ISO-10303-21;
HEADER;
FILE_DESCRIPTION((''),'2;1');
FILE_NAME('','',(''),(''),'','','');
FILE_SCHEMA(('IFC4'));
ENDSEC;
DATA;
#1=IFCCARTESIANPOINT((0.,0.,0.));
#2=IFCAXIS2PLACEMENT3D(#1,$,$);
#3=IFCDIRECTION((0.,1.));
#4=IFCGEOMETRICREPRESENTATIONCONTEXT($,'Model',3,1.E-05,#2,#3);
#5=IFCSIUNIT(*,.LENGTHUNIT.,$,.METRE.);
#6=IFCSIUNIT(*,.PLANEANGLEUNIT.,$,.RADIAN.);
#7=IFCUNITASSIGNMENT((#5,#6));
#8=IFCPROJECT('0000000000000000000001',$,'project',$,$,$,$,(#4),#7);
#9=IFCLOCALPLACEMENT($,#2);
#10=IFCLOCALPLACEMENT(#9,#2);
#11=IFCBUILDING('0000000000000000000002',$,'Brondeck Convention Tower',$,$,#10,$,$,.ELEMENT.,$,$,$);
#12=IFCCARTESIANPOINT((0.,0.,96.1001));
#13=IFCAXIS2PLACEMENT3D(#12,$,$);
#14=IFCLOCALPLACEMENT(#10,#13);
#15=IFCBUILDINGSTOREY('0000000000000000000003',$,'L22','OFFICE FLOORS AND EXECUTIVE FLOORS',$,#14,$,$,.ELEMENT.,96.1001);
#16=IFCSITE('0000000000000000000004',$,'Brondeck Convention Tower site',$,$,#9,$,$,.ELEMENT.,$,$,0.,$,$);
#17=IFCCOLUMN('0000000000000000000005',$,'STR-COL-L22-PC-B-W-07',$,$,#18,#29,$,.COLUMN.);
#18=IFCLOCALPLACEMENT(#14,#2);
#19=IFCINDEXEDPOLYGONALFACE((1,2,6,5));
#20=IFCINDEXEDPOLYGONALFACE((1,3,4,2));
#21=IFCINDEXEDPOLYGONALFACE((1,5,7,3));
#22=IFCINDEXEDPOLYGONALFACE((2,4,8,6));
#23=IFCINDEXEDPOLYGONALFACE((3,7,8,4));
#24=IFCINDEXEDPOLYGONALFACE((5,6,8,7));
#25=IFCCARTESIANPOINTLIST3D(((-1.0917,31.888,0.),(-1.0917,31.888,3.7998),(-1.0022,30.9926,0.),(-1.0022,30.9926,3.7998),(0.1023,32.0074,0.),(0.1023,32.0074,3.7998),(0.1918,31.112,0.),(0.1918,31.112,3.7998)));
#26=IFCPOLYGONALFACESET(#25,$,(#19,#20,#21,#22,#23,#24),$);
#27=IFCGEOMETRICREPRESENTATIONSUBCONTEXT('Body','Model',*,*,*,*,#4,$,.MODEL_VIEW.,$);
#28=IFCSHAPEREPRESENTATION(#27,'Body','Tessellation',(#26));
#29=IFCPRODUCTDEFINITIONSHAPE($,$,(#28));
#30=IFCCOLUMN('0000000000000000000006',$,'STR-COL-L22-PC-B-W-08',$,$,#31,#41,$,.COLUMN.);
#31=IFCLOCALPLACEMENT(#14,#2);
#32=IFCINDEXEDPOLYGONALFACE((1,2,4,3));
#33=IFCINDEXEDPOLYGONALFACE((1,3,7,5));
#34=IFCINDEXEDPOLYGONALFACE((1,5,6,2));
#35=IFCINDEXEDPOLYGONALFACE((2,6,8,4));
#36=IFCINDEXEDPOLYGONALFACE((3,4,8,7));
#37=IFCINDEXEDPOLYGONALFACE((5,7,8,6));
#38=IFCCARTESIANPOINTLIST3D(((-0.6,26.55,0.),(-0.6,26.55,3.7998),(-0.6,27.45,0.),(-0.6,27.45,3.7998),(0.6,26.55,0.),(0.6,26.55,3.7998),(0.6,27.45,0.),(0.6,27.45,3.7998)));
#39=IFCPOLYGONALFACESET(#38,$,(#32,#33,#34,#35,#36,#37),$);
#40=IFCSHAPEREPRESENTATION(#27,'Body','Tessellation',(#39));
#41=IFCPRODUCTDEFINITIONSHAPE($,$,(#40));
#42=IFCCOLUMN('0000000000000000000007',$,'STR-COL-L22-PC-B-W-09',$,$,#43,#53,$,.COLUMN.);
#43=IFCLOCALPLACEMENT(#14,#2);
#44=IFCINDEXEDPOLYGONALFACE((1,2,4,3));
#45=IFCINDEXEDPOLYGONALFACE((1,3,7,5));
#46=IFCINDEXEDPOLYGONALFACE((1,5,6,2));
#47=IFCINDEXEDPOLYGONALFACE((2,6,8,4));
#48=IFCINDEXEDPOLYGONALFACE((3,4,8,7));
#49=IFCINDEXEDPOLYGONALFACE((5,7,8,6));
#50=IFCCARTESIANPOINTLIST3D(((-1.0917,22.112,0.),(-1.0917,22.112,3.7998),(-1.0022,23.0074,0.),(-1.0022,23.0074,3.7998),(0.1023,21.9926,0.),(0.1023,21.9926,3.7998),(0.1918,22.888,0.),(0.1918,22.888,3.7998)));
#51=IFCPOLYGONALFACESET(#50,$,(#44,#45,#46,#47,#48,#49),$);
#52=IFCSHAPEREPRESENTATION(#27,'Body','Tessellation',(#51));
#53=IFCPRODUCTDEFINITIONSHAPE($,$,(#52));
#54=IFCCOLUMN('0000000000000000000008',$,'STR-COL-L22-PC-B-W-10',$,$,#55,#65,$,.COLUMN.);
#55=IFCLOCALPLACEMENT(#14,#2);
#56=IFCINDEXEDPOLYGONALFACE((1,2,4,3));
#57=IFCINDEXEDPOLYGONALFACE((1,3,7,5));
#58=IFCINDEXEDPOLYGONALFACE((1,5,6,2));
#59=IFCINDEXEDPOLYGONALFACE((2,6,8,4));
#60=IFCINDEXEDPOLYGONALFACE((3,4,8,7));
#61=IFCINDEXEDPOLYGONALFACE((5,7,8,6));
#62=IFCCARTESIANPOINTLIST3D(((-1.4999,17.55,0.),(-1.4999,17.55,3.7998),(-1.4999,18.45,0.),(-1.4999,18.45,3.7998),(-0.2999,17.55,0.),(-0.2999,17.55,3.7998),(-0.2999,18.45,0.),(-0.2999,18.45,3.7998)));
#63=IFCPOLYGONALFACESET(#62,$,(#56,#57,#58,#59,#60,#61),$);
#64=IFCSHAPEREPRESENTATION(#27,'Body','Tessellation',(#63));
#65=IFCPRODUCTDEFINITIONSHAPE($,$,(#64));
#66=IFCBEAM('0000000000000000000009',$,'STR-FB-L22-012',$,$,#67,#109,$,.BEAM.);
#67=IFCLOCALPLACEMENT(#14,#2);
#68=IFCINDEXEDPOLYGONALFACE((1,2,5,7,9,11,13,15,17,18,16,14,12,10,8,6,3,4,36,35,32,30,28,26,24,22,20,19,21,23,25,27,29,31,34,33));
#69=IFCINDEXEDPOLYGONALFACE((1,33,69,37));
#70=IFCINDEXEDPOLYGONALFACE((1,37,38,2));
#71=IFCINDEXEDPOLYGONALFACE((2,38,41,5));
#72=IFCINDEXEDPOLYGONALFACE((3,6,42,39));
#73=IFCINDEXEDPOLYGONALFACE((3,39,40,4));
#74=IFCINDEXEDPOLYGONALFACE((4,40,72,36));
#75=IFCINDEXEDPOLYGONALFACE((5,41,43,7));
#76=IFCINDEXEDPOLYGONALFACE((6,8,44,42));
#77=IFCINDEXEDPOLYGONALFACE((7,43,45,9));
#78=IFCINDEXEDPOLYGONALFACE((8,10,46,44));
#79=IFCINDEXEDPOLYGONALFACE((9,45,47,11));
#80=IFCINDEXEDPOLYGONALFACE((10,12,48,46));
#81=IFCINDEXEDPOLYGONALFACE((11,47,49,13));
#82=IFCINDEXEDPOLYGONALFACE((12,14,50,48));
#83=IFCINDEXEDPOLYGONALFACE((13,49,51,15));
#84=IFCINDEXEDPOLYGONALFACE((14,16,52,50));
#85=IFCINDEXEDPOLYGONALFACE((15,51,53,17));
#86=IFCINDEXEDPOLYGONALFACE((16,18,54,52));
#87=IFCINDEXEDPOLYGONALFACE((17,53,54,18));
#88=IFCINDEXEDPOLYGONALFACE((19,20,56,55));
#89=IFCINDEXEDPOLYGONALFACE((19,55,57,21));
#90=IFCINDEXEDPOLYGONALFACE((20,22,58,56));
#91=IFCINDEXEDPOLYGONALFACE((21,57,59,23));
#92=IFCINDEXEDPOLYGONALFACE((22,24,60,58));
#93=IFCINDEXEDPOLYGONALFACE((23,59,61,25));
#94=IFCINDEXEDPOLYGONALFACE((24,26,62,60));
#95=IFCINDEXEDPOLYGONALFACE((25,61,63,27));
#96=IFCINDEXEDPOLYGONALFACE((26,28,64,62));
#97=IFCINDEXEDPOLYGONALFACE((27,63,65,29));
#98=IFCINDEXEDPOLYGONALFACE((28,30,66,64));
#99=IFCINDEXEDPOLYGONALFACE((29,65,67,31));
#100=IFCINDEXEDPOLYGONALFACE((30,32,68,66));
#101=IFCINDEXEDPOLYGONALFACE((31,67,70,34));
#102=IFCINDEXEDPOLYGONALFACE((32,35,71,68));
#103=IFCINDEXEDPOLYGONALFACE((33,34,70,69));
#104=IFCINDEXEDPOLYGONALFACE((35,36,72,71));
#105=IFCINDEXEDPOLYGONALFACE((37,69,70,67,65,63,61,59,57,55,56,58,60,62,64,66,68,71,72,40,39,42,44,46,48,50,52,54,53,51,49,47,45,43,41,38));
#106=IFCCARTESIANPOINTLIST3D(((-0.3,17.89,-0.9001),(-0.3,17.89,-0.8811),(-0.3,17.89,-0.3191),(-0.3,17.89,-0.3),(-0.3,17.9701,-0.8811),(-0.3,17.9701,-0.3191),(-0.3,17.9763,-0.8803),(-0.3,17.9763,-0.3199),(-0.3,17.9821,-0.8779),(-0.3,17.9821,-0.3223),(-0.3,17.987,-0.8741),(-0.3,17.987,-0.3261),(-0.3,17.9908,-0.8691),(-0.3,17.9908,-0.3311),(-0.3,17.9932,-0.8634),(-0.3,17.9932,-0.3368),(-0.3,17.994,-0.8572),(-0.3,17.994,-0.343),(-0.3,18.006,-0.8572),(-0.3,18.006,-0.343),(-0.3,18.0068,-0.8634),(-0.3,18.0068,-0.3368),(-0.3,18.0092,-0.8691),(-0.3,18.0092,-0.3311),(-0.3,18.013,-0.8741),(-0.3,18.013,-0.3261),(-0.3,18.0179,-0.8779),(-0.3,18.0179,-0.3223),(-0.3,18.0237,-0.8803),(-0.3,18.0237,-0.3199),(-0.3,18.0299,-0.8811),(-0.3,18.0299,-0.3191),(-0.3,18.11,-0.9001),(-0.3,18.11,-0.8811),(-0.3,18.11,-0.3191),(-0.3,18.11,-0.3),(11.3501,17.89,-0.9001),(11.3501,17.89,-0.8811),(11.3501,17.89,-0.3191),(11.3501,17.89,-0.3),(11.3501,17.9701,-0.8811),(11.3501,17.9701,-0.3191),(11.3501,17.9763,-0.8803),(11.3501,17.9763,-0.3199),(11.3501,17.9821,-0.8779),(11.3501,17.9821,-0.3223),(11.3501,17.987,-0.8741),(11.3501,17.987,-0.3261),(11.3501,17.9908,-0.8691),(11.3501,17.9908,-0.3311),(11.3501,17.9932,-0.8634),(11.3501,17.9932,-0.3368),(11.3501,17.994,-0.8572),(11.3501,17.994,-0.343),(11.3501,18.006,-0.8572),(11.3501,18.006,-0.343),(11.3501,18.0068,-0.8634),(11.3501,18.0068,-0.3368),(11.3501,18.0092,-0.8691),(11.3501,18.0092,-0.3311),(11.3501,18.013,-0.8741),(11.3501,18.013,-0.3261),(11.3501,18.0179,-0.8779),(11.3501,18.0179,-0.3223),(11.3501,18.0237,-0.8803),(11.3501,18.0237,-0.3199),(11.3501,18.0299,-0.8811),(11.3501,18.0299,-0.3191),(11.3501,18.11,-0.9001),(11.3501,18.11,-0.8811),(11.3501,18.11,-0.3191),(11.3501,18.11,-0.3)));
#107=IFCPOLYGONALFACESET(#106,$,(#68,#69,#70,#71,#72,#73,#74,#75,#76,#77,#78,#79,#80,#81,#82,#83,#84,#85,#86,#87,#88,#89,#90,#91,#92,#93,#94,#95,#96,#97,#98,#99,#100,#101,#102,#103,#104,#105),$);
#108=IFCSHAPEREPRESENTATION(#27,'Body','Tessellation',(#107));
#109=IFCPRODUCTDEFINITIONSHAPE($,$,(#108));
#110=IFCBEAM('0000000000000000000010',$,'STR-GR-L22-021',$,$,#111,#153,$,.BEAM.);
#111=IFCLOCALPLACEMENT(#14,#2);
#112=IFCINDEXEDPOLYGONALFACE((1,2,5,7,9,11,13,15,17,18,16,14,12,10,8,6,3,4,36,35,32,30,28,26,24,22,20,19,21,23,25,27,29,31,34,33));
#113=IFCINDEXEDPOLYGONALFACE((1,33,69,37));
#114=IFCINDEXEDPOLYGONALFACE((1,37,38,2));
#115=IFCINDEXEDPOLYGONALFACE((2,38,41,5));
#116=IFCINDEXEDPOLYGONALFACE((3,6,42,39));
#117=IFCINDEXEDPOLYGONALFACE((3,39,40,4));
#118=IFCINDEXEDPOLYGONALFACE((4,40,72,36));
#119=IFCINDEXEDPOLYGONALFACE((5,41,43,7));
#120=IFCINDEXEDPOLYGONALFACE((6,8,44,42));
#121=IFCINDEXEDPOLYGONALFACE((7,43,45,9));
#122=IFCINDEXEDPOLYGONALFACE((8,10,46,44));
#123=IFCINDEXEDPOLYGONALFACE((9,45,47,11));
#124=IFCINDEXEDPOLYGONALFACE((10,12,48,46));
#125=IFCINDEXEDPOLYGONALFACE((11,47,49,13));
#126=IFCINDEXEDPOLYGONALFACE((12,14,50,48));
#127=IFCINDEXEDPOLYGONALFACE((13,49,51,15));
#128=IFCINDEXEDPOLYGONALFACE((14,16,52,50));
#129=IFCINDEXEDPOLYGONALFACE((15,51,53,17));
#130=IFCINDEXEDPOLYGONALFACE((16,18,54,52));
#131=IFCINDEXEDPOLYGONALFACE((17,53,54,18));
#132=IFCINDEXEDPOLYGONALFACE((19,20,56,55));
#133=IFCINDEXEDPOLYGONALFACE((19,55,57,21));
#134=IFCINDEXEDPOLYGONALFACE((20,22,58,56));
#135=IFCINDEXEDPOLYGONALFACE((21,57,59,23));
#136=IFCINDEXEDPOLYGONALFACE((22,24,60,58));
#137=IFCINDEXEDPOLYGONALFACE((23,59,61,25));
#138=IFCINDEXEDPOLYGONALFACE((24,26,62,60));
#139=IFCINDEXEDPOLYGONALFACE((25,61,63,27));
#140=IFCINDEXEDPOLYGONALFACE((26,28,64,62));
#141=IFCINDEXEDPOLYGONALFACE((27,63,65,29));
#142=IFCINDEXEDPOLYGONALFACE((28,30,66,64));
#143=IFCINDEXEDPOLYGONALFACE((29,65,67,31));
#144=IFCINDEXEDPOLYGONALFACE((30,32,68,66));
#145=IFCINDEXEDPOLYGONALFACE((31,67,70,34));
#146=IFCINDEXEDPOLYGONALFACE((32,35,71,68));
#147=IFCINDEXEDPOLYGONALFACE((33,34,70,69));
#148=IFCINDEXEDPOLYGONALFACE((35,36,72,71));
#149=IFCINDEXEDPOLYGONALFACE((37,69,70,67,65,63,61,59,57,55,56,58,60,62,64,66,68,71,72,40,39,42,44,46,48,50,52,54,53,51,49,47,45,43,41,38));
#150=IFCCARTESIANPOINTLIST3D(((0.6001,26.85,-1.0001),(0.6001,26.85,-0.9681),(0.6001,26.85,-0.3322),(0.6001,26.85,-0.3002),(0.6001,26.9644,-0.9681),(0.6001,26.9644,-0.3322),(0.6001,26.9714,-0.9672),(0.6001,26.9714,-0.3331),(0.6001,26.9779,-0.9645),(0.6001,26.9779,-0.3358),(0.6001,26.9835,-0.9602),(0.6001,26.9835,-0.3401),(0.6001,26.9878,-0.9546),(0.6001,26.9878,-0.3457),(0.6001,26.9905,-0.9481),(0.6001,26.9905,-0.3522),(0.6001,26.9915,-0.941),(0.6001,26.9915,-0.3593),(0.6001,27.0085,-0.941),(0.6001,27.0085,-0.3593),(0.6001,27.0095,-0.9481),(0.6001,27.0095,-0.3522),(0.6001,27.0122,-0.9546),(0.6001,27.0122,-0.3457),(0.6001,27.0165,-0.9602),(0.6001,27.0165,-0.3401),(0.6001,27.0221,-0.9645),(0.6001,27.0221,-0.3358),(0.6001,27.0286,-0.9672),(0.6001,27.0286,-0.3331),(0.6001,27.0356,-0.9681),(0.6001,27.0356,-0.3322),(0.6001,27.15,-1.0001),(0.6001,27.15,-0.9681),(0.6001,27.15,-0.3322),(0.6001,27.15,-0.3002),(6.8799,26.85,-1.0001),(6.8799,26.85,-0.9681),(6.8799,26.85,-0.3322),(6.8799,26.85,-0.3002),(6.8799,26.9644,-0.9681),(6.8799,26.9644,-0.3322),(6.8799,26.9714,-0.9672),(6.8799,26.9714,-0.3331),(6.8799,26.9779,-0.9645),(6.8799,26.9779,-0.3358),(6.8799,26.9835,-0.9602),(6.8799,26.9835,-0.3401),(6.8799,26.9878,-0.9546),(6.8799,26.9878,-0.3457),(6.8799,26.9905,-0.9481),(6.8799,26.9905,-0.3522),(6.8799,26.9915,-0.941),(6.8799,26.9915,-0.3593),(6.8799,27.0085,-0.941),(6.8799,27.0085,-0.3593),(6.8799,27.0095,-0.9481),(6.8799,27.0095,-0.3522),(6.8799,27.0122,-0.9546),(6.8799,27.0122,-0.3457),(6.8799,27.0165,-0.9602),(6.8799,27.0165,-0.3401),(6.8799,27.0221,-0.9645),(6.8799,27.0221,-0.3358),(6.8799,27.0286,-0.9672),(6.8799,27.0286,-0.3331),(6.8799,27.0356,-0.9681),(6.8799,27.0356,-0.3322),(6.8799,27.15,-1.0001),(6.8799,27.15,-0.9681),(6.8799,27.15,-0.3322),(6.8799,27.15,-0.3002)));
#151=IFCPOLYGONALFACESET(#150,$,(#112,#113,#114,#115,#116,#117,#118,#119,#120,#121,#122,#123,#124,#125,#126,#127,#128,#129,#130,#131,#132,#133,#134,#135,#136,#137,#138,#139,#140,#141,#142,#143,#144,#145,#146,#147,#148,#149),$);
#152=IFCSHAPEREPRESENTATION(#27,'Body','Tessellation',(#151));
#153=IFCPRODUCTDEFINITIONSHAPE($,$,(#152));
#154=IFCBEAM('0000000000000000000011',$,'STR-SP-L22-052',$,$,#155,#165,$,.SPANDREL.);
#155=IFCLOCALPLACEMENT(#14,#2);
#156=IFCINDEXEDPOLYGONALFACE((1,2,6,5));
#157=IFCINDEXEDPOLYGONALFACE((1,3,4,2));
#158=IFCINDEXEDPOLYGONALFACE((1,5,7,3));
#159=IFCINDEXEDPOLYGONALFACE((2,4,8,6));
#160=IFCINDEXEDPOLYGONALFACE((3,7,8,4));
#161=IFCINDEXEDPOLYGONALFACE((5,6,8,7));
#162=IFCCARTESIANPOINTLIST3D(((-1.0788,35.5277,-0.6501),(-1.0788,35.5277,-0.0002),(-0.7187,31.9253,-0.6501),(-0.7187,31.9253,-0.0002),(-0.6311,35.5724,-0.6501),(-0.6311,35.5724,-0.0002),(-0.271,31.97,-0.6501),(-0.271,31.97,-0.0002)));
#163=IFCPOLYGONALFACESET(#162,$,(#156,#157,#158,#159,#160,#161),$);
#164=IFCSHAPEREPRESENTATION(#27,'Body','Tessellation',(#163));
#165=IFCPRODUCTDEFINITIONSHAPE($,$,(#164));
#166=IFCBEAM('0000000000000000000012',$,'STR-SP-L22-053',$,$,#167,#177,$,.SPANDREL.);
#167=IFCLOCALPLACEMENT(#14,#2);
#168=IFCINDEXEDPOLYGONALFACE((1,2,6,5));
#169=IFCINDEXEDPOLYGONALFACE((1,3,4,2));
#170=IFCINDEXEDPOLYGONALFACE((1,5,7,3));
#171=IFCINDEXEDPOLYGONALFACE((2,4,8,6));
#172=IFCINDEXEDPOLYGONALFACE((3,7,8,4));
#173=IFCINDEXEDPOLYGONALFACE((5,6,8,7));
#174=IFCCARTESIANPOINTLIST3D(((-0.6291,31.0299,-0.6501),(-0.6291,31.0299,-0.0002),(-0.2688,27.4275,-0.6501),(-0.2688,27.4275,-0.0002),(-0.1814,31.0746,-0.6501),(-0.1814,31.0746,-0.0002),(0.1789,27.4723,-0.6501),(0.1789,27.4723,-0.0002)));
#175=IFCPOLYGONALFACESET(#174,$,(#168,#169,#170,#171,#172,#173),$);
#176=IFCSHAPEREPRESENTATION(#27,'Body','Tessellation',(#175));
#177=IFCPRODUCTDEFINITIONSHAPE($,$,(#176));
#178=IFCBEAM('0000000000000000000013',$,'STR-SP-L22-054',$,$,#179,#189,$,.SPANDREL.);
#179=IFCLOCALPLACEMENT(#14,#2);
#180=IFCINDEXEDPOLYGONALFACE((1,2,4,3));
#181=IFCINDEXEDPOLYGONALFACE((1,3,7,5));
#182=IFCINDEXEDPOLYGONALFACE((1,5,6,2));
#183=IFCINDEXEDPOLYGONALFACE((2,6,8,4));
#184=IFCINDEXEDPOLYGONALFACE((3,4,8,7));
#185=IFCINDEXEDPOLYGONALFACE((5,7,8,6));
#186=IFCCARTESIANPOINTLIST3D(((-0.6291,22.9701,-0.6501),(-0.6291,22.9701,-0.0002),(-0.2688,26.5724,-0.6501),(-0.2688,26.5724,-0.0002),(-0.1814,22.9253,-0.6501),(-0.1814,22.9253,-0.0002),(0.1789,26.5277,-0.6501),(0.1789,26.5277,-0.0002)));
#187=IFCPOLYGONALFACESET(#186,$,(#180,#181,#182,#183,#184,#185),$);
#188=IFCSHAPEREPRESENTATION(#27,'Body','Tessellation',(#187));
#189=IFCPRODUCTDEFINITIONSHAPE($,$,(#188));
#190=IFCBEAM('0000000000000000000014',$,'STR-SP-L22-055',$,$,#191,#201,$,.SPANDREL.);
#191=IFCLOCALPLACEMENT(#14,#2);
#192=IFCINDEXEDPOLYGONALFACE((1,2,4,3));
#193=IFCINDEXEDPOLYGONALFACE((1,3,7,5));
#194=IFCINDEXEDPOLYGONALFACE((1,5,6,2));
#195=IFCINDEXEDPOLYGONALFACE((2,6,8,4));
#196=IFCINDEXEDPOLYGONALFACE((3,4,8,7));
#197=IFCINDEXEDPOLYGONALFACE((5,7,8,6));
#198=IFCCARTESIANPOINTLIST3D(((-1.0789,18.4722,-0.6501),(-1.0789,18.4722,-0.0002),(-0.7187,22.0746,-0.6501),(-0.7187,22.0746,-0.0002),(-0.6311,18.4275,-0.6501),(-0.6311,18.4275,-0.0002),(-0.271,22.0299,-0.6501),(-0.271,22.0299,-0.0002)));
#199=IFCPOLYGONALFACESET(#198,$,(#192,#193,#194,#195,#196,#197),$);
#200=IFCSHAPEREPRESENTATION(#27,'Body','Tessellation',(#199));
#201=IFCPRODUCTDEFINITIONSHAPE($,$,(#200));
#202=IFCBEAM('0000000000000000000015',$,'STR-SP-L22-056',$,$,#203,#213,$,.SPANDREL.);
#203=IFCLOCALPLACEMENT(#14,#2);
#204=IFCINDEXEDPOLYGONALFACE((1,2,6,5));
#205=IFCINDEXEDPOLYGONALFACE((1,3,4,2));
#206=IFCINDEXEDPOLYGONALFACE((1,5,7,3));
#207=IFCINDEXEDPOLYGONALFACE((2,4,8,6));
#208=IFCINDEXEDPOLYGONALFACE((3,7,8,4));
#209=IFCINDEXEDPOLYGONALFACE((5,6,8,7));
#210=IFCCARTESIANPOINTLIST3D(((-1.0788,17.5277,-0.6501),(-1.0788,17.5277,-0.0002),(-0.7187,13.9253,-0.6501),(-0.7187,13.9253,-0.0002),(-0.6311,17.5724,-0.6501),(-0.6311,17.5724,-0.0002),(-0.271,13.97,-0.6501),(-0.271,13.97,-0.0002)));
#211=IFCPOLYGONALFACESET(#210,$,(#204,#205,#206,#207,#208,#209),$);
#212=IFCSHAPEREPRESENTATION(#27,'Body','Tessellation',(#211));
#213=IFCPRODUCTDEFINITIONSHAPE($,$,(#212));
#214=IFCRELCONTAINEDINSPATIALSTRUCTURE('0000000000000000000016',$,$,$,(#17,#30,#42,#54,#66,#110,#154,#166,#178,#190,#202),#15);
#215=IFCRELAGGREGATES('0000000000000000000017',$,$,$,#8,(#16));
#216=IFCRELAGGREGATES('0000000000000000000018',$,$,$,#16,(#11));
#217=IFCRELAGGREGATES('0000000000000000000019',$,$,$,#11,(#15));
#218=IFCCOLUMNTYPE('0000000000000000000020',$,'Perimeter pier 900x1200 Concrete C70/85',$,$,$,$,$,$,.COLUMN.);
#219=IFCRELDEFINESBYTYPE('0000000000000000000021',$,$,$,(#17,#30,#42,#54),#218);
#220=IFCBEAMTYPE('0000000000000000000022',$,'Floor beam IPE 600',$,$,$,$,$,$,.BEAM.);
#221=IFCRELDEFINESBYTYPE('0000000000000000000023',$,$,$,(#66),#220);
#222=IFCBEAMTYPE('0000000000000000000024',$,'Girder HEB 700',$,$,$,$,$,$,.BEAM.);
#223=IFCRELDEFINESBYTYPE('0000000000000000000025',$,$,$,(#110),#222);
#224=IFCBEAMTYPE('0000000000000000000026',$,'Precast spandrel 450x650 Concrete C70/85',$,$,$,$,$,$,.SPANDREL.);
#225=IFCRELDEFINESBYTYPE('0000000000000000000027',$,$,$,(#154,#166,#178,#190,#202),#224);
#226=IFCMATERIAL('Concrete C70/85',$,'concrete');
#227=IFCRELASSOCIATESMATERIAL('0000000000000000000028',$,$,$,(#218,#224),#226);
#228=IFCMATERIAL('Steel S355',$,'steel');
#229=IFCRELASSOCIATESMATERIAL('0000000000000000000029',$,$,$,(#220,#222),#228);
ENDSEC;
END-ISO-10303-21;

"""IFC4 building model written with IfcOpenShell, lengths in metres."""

from ifc_helpers import new_model, si_unit, direction, frame, origin, origin_2d, place, context, subcontext, project, spatial, rectangle, i_section, extrude, material, material_profile, profile_set, type_object, element, save


model = new_model("IFC4")

# Units and contexts
model_context = context("Model", 3, precision=1e-05, world=origin(), true_north=direction((0.0, 1.0)))
body_context = subcontext(model_context, "Body", "Model", "MODEL_VIEW")
ifc_project = project(units=[si_unit("LENGTHUNIT", "METRE"), si_unit("PLANEANGLEUNIT", "RADIAN")], contexts=[model_context])

# Site, building, storey
site_placement = place(None, origin())
site = spatial("IfcSite", under=ifc_project, at=site_placement, Name="Brondeck Convention Tower site", CompositionType="ELEMENT", RefElevation=0.0)
building_placement = place(site_placement, origin())
building = spatial("IfcBuilding", under=site, at=building_placement, Name="Brondeck Convention Tower", CompositionType="ELEMENT")
storey_placement = place(building_placement, frame((0.0, 0.0, 96.1001)))
storey = spatial("IfcBuildingStorey", under=building, at=storey_placement, Name="L22", Description="OFFICE FLOORS AND EXECUTIVE FLOORS", CompositionType="ELEMENT", Elevation=96.1001)

# Columns
ifc_material_1 = material(Name="Concrete C70/85", Category="concrete")
ifc_material_profile_1 = material_profile(ifc_material_1, rectangle(XDim=0.8999, YDim=1.2, at=origin_2d()), Name="Perimeter pier 900x1200 Concrete C70/85")
ifc_profile_set_1 = profile_set([ifc_material_profile_1], Name="Concrete C70/85")
column_type = type_object("IfcColumnType", Name="Perimeter pier 900x1200 Concrete C70/85", PredefinedType="COLUMN", material=ifc_profile_set_1)
for number, where, z_axis, x_axis, name in (
    (1, (-0.45, 31.5, 0.0), (0.0, 0.0, 1.0), (0.099504, -0.995037, 0.0), "STR-COL-L22-PC-B-W-07"),
    (2, (0.0, 27.0, 0.0), (0.0, 0.0, 1.0), (0.0, -1.0, 0.0), "STR-COL-L22-PC-B-W-08"),
    (3, (-0.45, 22.5, 0.0), (0.0, 0.0, 1.0), (-0.099504, -0.995037, 0.0), "STR-COL-L22-PC-B-W-09"),
    (4, (-0.8999, 18.0, 0.0), (0.0, 0.0, 1.0), (0.0, -1.0, 0.0), "STR-COL-L22-PC-B-W-10"),
):
    element("IfcColumn", number, at=place(storey_placement, frame(where, z_axis=z_axis, x_axis=x_axis)), inside=storey, type_object=column_type, Name=name, PredefinedType="COLUMN", context=body_context, shape_type="SweptSolid", body=[
        extrude(rectangle(XDim=0.8999, YDim=1.2, at=origin_2d()), origin(), (0.0, 0.0, 1.0), 3.7998),
    ])

# Beams
ifc_material_2 = material(Name="Steel S355", Category="steel")
ifc_material_profile_2 = material_profile(ifc_material_2, i_section(OverallWidth=0.22, OverallDepth=0.6001, WebThickness=0.012, FlangeThickness=0.019, FilletRadius=0.0239, at=origin_2d()), Name="IPE 600")
ifc_profile_set_2 = profile_set([ifc_material_profile_2], Name="Steel S355")
beam_type_1 = type_object("IfcBeamType", Name="Floor beam IPE 600", PredefinedType="BEAM", material=ifc_profile_set_2)
beam_1_placement = place(storey_placement, frame((-0.3, 18.0, -0.6001), z_axis=(1.0, 0.0, 0.0), x_axis=(0.0, 1.0, 0.0)))
element("IfcBeam", 5, at=beam_1_placement, inside=storey, type_object=beam_type_1, Name="STR-FB-L22-012", PredefinedType="BEAM", context=body_context, shape_type="SweptSolid", body=[
    extrude(i_section(OverallWidth=0.22, OverallDepth=0.6001, WebThickness=0.012, FlangeThickness=0.019, FilletRadius=0.0239, at=origin_2d()), origin(), (0.0, 0.0, 1.0), 11.6501),
])
ifc_material_profile_3 = material_profile(ifc_material_2, i_section(OverallWidth=0.3, OverallDepth=0.7, WebThickness=0.0171, FlangeThickness=0.032, FilletRadius=0.0271, at=origin_2d()), Name="HEB 700")
ifc_profile_set_3 = profile_set([ifc_material_profile_3], Name="Steel S355")
beam_type_2 = type_object("IfcBeamType", Name="Girder HEB 700", PredefinedType="BEAM", material=ifc_profile_set_3)
beam_2_placement = place(storey_placement, frame((0.6001, 27.0, -0.6501), z_axis=(1.0, 0.0, 0.0), x_axis=(0.0, 1.0, 0.0)))
element("IfcBeam", 6, at=beam_2_placement, inside=storey, type_object=beam_type_2, Name="STR-GR-L22-021", PredefinedType="BEAM", context=body_context, shape_type="SweptSolid", body=[
    extrude(i_section(OverallWidth=0.3, OverallDepth=0.7, WebThickness=0.0171, FlangeThickness=0.032, FilletRadius=0.0271, at=origin_2d()), origin(), (0.0, 0.0, 1.0), 6.2798),
])
ifc_material_profile_4 = material_profile(ifc_material_1, rectangle(XDim=0.45, YDim=0.6499, at=origin_2d()), Name="Precast spandrel 450x650 Concrete C70/85")
ifc_profile_set_4 = profile_set([ifc_material_profile_4], Name="Concrete C70/85")
beam_type_3 = type_object("IfcBeamType", Name="Precast spandrel 450x650 Concrete C70/85", PredefinedType="SPANDREL", material=ifc_profile_set_4)
for number, where, z_axis, x_axis, name in (
    (7, (-0.855, 35.55, -0.3252), (0.09947, -0.995041, 0.0), (0.995041, 0.09947, 0.0), "STR-SP-L22-052"),
    (8, (-0.4053, 31.0522, -0.3252), (0.099537, -0.995034, 0.0), (0.995034, 0.099537, 0.0), "STR-SP-L22-053"),
    (9, (-0.0449, 26.55, -0.3252), (-0.099537, -0.995034, 0.0), (0.995034, -0.099537, 0.0), "STR-SP-L22-054"),
    (10, (-0.4949, 22.0522, -0.3252), (-0.09947, -0.995041, 0.0), (0.995041, -0.09947, 0.0), "STR-SP-L22-055"),
    (11, (-0.855, 17.55, -0.3252), (0.09947, -0.995041, 0.0), (0.995041, 0.09947, 0.0), "STR-SP-L22-056"),
):
    element("IfcBeam", number, at=place(storey_placement, frame(where, z_axis=z_axis, x_axis=x_axis)), inside=storey, type_object=beam_type_3, Name=name, PredefinedType="SPANDREL", context=body_context, shape_type="SweptSolid", body=[
        extrude(rectangle(XDim=0.45, YDim=0.6499, at=origin_2d()), origin(), (0.0, 0.0, 1.0), 3.6204),
    ])

save(model, "model.ifc")
